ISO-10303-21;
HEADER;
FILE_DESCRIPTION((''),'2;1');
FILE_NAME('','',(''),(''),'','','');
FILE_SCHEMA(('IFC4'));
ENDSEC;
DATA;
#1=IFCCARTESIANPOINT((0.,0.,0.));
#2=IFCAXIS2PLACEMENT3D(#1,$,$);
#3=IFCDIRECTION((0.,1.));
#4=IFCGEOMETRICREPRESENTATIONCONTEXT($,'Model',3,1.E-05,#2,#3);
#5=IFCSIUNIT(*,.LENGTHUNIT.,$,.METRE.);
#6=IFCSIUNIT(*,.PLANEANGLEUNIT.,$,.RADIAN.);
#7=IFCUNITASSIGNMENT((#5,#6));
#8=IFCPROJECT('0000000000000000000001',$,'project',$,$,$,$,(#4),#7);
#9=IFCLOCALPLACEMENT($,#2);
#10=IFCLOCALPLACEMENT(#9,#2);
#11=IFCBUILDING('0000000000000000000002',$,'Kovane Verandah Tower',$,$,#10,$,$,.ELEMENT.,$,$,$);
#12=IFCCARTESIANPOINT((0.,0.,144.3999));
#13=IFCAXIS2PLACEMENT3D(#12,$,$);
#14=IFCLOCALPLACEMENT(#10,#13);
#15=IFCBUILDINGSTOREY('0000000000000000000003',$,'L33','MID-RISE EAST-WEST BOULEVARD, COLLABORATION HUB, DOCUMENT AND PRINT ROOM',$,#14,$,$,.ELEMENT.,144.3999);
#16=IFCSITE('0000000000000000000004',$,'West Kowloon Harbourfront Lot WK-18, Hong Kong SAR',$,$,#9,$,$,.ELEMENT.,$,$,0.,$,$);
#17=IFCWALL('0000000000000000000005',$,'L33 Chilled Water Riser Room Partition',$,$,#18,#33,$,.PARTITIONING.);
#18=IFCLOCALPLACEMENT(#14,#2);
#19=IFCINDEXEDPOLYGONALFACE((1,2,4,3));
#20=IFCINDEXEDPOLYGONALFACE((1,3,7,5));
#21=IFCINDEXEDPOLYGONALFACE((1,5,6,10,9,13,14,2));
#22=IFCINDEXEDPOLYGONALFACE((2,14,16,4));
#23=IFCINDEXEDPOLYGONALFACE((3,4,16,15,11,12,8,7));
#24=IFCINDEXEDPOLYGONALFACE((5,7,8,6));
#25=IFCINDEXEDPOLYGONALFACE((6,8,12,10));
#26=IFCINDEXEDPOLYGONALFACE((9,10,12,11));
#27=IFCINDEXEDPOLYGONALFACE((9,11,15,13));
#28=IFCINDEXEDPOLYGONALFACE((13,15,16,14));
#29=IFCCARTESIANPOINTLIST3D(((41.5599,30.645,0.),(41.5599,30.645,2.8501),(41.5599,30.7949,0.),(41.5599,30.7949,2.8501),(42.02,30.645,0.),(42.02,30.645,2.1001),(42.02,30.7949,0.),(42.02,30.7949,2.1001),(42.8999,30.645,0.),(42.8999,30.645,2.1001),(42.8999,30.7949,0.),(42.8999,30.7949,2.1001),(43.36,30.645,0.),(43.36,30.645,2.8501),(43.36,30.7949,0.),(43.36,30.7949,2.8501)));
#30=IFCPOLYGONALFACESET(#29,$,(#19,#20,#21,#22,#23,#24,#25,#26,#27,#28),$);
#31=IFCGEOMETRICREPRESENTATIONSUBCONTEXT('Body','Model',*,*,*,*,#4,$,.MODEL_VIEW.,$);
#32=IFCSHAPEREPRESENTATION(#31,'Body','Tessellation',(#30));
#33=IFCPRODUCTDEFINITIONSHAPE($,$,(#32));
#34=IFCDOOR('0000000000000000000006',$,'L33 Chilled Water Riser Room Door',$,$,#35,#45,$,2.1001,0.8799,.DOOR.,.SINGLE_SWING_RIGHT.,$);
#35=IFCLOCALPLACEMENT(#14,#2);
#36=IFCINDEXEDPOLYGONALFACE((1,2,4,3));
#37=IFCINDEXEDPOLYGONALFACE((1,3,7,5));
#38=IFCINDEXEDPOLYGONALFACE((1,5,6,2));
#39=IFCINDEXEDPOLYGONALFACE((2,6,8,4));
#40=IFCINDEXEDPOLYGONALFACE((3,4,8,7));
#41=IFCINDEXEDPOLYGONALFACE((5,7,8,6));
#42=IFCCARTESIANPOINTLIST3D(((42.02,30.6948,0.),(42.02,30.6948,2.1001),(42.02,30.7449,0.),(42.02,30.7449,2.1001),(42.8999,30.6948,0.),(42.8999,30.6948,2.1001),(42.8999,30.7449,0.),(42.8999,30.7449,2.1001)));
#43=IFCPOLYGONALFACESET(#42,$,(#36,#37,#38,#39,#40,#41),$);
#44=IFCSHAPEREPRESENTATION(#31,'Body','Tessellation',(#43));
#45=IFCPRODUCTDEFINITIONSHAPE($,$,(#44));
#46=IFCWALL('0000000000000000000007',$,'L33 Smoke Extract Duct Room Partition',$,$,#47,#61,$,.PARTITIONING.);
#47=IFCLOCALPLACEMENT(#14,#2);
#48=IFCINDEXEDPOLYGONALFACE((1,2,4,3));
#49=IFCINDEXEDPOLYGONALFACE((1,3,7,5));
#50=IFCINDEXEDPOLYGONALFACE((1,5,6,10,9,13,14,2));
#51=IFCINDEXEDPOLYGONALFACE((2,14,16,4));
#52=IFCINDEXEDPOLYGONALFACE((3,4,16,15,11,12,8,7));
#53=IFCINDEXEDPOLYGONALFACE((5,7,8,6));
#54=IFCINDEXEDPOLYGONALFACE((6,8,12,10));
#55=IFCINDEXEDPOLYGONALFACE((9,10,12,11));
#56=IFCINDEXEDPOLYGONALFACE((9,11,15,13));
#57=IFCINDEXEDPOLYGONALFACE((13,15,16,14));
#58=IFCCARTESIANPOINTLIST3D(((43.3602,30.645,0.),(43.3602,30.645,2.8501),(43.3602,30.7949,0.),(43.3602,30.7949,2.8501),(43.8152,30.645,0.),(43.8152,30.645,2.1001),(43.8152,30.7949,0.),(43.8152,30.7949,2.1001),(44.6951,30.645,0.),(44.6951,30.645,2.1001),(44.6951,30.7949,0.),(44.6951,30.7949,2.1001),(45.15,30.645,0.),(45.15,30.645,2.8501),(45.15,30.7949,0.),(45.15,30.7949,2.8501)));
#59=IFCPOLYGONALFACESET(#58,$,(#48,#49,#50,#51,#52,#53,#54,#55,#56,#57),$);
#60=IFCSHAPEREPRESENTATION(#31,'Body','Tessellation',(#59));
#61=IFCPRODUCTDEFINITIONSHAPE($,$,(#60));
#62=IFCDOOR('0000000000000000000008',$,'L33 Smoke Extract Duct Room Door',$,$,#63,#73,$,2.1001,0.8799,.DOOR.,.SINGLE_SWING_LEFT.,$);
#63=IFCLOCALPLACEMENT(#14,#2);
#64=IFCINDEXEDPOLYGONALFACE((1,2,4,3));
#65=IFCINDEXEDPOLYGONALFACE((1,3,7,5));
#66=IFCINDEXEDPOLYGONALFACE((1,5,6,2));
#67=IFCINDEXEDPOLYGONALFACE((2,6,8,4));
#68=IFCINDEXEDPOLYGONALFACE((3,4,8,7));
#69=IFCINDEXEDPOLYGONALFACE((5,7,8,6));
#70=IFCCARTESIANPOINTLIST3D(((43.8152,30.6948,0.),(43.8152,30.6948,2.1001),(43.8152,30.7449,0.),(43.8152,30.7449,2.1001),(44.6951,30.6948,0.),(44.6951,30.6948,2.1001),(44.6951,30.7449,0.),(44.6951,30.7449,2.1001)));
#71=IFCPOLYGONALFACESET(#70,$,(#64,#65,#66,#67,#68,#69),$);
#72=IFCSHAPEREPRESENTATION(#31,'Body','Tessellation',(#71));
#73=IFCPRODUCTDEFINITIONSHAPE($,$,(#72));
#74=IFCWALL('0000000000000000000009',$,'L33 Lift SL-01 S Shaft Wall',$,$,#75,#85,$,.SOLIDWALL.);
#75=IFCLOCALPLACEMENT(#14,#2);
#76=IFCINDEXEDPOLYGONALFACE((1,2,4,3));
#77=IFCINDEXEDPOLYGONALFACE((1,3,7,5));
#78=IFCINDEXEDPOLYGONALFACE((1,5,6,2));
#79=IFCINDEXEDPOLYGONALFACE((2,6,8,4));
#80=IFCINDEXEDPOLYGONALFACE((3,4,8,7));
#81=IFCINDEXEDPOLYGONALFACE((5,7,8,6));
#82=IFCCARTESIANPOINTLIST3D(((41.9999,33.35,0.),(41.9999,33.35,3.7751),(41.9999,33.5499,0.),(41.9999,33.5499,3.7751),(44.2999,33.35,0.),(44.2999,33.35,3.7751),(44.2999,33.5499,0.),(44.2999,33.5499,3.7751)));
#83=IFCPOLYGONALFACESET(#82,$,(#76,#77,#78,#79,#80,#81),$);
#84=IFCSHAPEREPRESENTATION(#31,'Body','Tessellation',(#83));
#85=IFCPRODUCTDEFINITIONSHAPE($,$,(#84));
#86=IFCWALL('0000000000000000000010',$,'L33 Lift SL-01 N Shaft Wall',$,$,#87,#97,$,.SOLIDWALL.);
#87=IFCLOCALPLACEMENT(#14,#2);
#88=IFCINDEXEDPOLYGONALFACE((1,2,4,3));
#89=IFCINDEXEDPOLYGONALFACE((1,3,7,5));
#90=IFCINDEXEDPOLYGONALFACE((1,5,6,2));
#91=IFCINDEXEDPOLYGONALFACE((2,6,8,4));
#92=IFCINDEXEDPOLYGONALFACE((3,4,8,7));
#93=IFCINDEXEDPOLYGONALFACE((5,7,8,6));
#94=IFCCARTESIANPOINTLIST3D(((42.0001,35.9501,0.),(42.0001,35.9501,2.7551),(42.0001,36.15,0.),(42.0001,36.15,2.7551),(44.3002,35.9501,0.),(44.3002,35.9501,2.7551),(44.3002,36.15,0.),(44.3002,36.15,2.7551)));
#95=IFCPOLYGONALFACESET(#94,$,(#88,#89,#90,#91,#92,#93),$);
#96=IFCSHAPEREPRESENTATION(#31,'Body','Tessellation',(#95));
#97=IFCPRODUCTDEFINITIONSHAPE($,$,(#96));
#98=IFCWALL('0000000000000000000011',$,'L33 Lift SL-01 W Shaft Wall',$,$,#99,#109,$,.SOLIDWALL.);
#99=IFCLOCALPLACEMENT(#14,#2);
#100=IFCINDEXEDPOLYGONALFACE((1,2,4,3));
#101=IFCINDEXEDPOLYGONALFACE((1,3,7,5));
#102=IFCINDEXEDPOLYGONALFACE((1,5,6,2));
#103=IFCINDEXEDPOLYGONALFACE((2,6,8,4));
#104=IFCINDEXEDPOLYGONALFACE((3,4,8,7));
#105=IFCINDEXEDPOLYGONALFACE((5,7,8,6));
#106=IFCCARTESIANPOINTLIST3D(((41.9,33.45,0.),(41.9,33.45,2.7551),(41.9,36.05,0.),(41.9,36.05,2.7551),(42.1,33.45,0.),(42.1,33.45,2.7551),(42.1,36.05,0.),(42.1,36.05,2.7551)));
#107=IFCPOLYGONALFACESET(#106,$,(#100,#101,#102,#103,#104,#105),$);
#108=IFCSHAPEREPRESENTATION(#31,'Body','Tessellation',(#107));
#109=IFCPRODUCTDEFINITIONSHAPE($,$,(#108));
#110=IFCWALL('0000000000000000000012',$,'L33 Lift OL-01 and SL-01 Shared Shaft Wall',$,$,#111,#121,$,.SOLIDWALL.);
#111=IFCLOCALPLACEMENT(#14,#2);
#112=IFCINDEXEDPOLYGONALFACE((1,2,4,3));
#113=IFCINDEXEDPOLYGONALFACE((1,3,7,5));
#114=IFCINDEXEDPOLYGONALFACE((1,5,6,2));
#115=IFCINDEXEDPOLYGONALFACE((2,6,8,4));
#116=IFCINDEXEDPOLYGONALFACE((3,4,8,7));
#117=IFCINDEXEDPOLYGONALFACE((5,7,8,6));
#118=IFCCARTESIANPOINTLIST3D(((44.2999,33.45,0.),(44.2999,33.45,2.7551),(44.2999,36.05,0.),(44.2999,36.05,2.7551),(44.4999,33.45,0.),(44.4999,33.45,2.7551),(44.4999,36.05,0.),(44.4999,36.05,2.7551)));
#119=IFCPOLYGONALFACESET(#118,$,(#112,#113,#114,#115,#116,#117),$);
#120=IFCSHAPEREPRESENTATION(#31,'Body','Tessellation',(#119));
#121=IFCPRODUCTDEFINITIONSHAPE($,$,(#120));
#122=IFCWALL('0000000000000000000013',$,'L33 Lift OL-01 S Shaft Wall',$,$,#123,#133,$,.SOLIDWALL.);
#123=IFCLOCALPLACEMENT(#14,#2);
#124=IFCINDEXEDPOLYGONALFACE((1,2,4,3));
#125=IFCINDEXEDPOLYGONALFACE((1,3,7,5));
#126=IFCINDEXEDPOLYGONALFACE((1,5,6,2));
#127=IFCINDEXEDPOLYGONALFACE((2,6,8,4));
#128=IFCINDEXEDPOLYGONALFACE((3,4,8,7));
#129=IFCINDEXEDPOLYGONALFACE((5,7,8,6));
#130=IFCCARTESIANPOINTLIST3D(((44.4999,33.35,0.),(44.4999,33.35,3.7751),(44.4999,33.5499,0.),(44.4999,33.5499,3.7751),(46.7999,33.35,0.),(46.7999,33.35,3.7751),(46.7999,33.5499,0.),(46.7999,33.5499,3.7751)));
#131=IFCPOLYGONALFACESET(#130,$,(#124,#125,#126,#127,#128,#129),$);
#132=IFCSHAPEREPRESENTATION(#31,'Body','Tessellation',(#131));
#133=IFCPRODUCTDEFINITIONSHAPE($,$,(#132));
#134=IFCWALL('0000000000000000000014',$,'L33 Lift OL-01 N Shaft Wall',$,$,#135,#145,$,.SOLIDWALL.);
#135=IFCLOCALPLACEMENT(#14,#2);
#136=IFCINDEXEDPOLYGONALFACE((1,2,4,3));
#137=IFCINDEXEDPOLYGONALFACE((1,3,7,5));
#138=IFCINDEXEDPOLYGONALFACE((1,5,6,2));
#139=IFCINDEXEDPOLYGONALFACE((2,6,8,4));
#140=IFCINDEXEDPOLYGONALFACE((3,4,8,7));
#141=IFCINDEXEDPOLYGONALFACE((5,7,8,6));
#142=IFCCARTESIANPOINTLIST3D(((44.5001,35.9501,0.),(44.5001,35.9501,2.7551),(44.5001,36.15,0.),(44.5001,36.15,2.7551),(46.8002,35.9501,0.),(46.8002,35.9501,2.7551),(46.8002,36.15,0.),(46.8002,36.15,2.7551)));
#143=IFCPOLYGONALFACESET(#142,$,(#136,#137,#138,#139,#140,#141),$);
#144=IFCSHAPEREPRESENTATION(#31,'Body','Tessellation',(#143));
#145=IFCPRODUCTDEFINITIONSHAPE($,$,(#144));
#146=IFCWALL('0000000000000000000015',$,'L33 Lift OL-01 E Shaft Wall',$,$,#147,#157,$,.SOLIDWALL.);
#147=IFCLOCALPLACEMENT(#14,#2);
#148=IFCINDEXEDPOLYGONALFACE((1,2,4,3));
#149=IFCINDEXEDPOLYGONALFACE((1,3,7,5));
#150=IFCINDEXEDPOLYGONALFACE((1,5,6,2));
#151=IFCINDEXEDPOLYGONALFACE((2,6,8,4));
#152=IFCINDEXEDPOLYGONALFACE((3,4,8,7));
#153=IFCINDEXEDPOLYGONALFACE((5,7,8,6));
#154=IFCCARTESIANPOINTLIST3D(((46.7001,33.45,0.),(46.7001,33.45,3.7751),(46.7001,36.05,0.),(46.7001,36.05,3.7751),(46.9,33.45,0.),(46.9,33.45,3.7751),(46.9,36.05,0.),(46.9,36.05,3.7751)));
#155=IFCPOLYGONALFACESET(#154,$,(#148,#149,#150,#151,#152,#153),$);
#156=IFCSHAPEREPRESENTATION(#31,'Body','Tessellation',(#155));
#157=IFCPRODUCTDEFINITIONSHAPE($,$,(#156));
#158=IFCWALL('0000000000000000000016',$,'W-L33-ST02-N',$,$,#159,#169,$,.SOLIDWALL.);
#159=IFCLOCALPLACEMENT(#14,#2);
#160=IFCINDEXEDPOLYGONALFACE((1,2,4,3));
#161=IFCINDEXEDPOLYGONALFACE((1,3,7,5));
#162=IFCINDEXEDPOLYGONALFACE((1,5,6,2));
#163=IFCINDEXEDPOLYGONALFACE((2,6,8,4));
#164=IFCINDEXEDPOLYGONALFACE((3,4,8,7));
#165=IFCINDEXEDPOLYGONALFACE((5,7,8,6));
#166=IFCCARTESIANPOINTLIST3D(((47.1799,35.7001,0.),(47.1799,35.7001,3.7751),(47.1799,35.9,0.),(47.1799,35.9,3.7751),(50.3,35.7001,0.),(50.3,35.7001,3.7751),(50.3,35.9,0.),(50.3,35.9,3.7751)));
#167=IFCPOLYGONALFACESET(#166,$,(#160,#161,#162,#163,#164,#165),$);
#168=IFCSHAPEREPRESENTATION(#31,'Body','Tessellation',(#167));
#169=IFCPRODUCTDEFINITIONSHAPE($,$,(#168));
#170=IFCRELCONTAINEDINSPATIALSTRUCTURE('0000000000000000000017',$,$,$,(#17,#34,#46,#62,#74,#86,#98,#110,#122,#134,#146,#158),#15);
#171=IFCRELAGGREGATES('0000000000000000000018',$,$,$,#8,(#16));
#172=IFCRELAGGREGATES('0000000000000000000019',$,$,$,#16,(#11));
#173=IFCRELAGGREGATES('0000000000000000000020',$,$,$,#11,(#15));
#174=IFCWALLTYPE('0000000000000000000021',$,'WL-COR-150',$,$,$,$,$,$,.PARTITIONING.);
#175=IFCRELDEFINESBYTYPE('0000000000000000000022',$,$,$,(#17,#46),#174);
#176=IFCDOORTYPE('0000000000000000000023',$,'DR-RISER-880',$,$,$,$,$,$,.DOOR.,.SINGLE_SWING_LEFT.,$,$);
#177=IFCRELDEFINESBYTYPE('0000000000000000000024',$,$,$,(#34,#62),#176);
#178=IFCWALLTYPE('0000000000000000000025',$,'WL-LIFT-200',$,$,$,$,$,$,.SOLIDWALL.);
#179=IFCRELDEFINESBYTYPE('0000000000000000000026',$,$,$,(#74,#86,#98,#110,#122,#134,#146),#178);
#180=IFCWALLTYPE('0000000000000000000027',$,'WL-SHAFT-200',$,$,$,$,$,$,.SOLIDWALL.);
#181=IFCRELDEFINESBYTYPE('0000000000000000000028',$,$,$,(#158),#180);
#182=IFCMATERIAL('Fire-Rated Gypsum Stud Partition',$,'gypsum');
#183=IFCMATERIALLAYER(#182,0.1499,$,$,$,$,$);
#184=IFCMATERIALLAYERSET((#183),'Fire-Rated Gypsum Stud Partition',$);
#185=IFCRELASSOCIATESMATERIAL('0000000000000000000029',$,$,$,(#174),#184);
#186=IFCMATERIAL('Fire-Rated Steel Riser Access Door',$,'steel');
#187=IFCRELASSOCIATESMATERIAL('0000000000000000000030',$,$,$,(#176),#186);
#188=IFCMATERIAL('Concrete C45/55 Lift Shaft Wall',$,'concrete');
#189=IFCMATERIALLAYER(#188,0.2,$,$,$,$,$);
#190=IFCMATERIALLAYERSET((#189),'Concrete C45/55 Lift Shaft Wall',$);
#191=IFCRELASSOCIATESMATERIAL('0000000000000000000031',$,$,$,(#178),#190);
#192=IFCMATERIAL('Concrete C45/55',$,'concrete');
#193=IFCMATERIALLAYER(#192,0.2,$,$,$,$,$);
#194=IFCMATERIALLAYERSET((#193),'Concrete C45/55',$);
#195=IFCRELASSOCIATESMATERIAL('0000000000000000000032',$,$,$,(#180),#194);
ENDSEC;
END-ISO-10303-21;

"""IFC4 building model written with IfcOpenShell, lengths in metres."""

from ifc_helpers import new_model, si_unit, direction, frame, frame_2d, origin, place, context, subcontext, project, spatial, rectangle, extrude, material, layer, layer_set, type_object, element, fill, save


model = new_model("IFC4")

# Units and contexts
model_context = context("Model", 3, precision=1e-05, world=origin(), true_north=direction((0.0, 1.0)))
body_context = subcontext(model_context, "Body", "Model", "MODEL_VIEW")
ifc_project = project(units=[si_unit("LENGTHUNIT", "METRE"), si_unit("PLANEANGLEUNIT", "RADIAN")], contexts=[model_context])

# Site, building, storey
site_placement = place(None, origin())
site = spatial("IfcSite", under=ifc_project, at=site_placement, Name="West Kowloon Harbourfront Lot WK-18, Hong Kong SAR", CompositionType="ELEMENT", RefElevation=0.0)
building_placement = place(site_placement, origin())
building = spatial("IfcBuilding", under=site, at=building_placement, Name="Kovane Verandah Tower", CompositionType="ELEMENT")
storey_placement = place(building_placement, frame((0.0, 0.0, 144.3999)))
storey = spatial("IfcBuildingStorey", under=building, at=storey_placement, Name="L33", Description="MID-RISE EAST-WEST BOULEVARD, COLLABORATION HUB, DOCUMENT AND PRINT ROOM", CompositionType="ELEMENT", Elevation=144.3999)

# Walls, openings, doors
ifc_material_1 = material(Name="Fire-Rated Gypsum Stud Partition", Category="gypsum")
ifc_layer_1 = layer(ifc_material_1, 0.1499)
ifc_layer_set_1 = layer_set([ifc_layer_1], Name="Fire-Rated Gypsum Stud Partition")
wall_type_1 = type_object("IfcWallType", Name="WL-COR-150", PredefinedType="PARTITIONING", material=ifc_layer_set_1)
wall_1_placement = place(storey_placement, frame((41.5601, 30.72, 0.0), z_axis=(0.0, 0.0, 1.0), x_axis=(1.0, 0.0, 0.0)))
wall_1 = element("IfcWall", 1, at=wall_1_placement, inside=storey, type_object=wall_type_1, Name="L33 Chilled Water Riser Room Partition", PredefinedType="PARTITIONING", context=body_context, shape_type="SweptSolid", body=[
    extrude(rectangle(XDim=1.8, YDim=0.1499, at=frame_2d((0.8999, 0.0))), origin(), (0.0, 0.0, 1.0), 2.8501),
])
opening_1_placement = place(wall_1_placement, frame((0.46, 0.0, 0.0)))
opening_1 = element("IfcOpeningElement", 2, at=opening_1_placement, cuts=wall_1, PredefinedType="OPENING", context=body_context, shape_type="SweptSolid", body=[
    extrude(rectangle(XDim=0.8799, YDim=2.1001, at=frame_2d((0.4399, 1.05))), frame((0.0, 0.075, 0.0), z_axis=(0.0, -1.0, 0.0), x_axis=(1.0, 0.0, 0.0)), (0.0, 0.0, 1.0), 0.1499),
])
ifc_material_2 = material(Name="Fire-Rated Steel Riser Access Door", Category="steel")
door_type = type_object("IfcDoorType", Name="DR-RISER-880", OperationType="SINGLE_SWING_LEFT", PredefinedType="DOOR", material=ifc_material_2)
door_1_placement = place(opening_1_placement, origin())
door_1 = element("IfcDoor", 3, at=door_1_placement, inside=storey, type_object=door_type, Name="L33 Chilled Water Riser Room Door", OperationType="SINGLE_SWING_RIGHT", OverallHeight=2.1001, OverallWidth=0.8799, PredefinedType="DOOR", context=body_context, shape_type="SweptSolid", body=[
    extrude(rectangle(XDim=0.8799, YDim=2.1001, at=frame_2d((0.4399, 1.05))), frame((0.0, 0.0249, 0.0), z_axis=(0.0, -1.0, 0.0), x_axis=(1.0, 0.0, 0.0)), (0.0, 0.0, 1.0), 0.05),
])
fill(opening_1, door_1)
wall_2_placement = place(storey_placement, frame((43.3601, 30.72, 0.0), z_axis=(0.0, 0.0, 1.0), x_axis=(1.0, 0.0, 0.0)))
wall_2 = element("IfcWall", 4, at=wall_2_placement, inside=storey, type_object=wall_type_1, Name="L33 Smoke Extract Duct Room Partition", PredefinedType="PARTITIONING", context=body_context, shape_type="SweptSolid", body=[
    extrude(rectangle(XDim=1.7898, YDim=0.1499, at=frame_2d((0.895, 0.0))), origin(), (0.0, 0.0, 1.0), 2.8501),
])
opening_2_placement = place(wall_2_placement, frame((0.4551, 0.0, 0.0)))
opening_2 = element("IfcOpeningElement", 5, at=opening_2_placement, cuts=wall_2, PredefinedType="OPENING", context=body_context, shape_type="SweptSolid", body=[
    extrude(rectangle(XDim=0.8799, YDim=2.1001, at=frame_2d((0.4399, 1.05))), frame((0.0, 0.075, 0.0), z_axis=(0.0, -1.0, 0.0), x_axis=(1.0, 0.0, 0.0)), (0.0, 0.0, 1.0), 0.1499),
])
door_2_placement = place(opening_2_placement, origin())
door_2 = element("IfcDoor", 6, at=door_2_placement, inside=storey, type_object=door_type, Name="L33 Smoke Extract Duct Room Door", OperationType="SINGLE_SWING_LEFT", OverallHeight=2.1001, OverallWidth=0.8799, PredefinedType="DOOR", context=body_context, shape_type="SweptSolid", body=[
    extrude(rectangle(XDim=0.8799, YDim=2.1001, at=frame_2d((0.4399, 1.05))), frame((0.0, 0.0249, 0.0), z_axis=(0.0, -1.0, 0.0), x_axis=(1.0, 0.0, 0.0)), (0.0, 0.0, 1.0), 0.05),
])
fill(opening_2, door_2)

# Walls
ifc_material_3 = material(Name="Concrete C45/55 Lift Shaft Wall", Category="concrete")
ifc_layer_2 = layer(ifc_material_3, 0.2)
ifc_layer_set_2 = layer_set([ifc_layer_2], Name="Concrete C45/55 Lift Shaft Wall")
wall_type_2 = type_object("IfcWallType", Name="WL-LIFT-200", PredefinedType="SOLIDWALL", material=ifc_layer_set_2)
wall_3_placement = place(storey_placement, frame((42.0, 33.45, 0.0), z_axis=(0.0, 0.0, 1.0), x_axis=(1.0, 0.0, 0.0)))
element("IfcWall", 7, at=wall_3_placement, inside=storey, type_object=wall_type_2, Name="L33 Lift SL-01 S Shaft Wall", PredefinedType="SOLIDWALL", context=body_context, shape_type="SweptSolid", body=[
    extrude(rectangle(XDim=2.3, YDim=0.2, at=frame_2d((1.1499, 0.0))), origin(), (0.0, 0.0, 1.0), 3.7751),
])
wall_4_placement = place(storey_placement, frame((44.3, 36.05, 0.0), z_axis=(0.0, 0.0, 1.0), x_axis=(-1.0, 0.0, 0.0)))
element("IfcWall", 8, at=wall_4_placement, inside=storey, type_object=wall_type_2, Name="L33 Lift SL-01 N Shaft Wall", PredefinedType="SOLIDWALL", context=body_context, shape_type="SweptSolid", body=[
    extrude(rectangle(XDim=2.3, YDim=0.2, at=frame_2d((1.1499, 0.0))), origin(), (0.0, 0.0, 1.0), 2.7551),
])
for number, where, z_axis, x_axis, name in (
    (9, (42.0, 36.05, 0.0), (0.0, 0.0, 1.0), (0.0, -1.0, 0.0), "L33 Lift SL-01 W Shaft Wall"),
    (10, (44.3999, 33.45, 0.0), (0.0, 0.0, 1.0), (0.0, 1.0, 0.0), "L33 Lift OL-01 and SL-01 Shared Shaft Wall"),
):
    element("IfcWall", number, at=place(storey_placement, frame(where, z_axis=z_axis, x_axis=x_axis)), inside=storey, type_object=wall_type_2, Name=name, PredefinedType="SOLIDWALL", context=body_context, shape_type="SweptSolid", body=[
        extrude(rectangle(XDim=2.6001, YDim=0.2, at=frame_2d((1.3, 0.0))), origin(), (0.0, 0.0, 1.0), 2.7551),
    ])
wall_5_placement = place(storey_placement, frame((44.5, 33.45, 0.0), z_axis=(0.0, 0.0, 1.0), x_axis=(1.0, 0.0, 0.0)))
element("IfcWall", 11, at=wall_5_placement, inside=storey, type_object=wall_type_2, Name="L33 Lift OL-01 S Shaft Wall", PredefinedType="SOLIDWALL", context=body_context, shape_type="SweptSolid", body=[
    extrude(rectangle(XDim=2.3, YDim=0.2, at=frame_2d((1.1499, 0.0))), origin(), (0.0, 0.0, 1.0), 3.7751),
])
wall_6_placement = place(storey_placement, frame((46.8, 36.05, 0.0), z_axis=(0.0, 0.0, 1.0), x_axis=(-1.0, 0.0, 0.0)))
element("IfcWall", 12, at=wall_6_placement, inside=storey, type_object=wall_type_2, Name="L33 Lift OL-01 N Shaft Wall", PredefinedType="SOLIDWALL", context=body_context, shape_type="SweptSolid", body=[
    extrude(rectangle(XDim=2.3, YDim=0.2, at=frame_2d((1.1499, 0.0))), origin(), (0.0, 0.0, 1.0), 2.7551),
])
wall_7_placement = place(storey_placement, frame((46.8, 33.45, 0.0), z_axis=(0.0, 0.0, 1.0), x_axis=(0.0, 1.0, 0.0)))
element("IfcWall", 13, at=wall_7_placement, inside=storey, type_object=wall_type_2, Name="L33 Lift OL-01 E Shaft Wall", PredefinedType="SOLIDWALL", context=body_context, shape_type="SweptSolid", body=[
    extrude(rectangle(XDim=2.6001, YDim=0.2, at=frame_2d((1.3, 0.0))), origin(), (0.0, 0.0, 1.0), 3.7751),
])
ifc_material_4 = material(Name="Concrete C45/55", Category="concrete")
ifc_layer_3 = layer(ifc_material_4, 0.2)
ifc_layer_set_3 = layer_set([ifc_layer_3], Name="Concrete C45/55")
wall_type_3 = type_object("IfcWallType", Name="WL-SHAFT-200", PredefinedType="SOLIDWALL", material=ifc_layer_set_3)
wall_8_placement = place(storey_placement, frame((47.1799, 35.8, 0.0), z_axis=(0.0, 0.0, 1.0), x_axis=(1.0, 0.0, 0.0)))
element("IfcWall", 14, at=wall_8_placement, inside=storey, type_object=wall_type_3, Name="W-L33-ST02-N", PredefinedType="SOLIDWALL", context=body_context, shape_type="SweptSolid", body=[
    extrude(rectangle(XDim=3.1201, YDim=0.2, at=frame_2d((1.5601, 0.0))), origin(), (0.0, 0.0, 1.0), 3.7751),
])

save(model, "model.ifc")
